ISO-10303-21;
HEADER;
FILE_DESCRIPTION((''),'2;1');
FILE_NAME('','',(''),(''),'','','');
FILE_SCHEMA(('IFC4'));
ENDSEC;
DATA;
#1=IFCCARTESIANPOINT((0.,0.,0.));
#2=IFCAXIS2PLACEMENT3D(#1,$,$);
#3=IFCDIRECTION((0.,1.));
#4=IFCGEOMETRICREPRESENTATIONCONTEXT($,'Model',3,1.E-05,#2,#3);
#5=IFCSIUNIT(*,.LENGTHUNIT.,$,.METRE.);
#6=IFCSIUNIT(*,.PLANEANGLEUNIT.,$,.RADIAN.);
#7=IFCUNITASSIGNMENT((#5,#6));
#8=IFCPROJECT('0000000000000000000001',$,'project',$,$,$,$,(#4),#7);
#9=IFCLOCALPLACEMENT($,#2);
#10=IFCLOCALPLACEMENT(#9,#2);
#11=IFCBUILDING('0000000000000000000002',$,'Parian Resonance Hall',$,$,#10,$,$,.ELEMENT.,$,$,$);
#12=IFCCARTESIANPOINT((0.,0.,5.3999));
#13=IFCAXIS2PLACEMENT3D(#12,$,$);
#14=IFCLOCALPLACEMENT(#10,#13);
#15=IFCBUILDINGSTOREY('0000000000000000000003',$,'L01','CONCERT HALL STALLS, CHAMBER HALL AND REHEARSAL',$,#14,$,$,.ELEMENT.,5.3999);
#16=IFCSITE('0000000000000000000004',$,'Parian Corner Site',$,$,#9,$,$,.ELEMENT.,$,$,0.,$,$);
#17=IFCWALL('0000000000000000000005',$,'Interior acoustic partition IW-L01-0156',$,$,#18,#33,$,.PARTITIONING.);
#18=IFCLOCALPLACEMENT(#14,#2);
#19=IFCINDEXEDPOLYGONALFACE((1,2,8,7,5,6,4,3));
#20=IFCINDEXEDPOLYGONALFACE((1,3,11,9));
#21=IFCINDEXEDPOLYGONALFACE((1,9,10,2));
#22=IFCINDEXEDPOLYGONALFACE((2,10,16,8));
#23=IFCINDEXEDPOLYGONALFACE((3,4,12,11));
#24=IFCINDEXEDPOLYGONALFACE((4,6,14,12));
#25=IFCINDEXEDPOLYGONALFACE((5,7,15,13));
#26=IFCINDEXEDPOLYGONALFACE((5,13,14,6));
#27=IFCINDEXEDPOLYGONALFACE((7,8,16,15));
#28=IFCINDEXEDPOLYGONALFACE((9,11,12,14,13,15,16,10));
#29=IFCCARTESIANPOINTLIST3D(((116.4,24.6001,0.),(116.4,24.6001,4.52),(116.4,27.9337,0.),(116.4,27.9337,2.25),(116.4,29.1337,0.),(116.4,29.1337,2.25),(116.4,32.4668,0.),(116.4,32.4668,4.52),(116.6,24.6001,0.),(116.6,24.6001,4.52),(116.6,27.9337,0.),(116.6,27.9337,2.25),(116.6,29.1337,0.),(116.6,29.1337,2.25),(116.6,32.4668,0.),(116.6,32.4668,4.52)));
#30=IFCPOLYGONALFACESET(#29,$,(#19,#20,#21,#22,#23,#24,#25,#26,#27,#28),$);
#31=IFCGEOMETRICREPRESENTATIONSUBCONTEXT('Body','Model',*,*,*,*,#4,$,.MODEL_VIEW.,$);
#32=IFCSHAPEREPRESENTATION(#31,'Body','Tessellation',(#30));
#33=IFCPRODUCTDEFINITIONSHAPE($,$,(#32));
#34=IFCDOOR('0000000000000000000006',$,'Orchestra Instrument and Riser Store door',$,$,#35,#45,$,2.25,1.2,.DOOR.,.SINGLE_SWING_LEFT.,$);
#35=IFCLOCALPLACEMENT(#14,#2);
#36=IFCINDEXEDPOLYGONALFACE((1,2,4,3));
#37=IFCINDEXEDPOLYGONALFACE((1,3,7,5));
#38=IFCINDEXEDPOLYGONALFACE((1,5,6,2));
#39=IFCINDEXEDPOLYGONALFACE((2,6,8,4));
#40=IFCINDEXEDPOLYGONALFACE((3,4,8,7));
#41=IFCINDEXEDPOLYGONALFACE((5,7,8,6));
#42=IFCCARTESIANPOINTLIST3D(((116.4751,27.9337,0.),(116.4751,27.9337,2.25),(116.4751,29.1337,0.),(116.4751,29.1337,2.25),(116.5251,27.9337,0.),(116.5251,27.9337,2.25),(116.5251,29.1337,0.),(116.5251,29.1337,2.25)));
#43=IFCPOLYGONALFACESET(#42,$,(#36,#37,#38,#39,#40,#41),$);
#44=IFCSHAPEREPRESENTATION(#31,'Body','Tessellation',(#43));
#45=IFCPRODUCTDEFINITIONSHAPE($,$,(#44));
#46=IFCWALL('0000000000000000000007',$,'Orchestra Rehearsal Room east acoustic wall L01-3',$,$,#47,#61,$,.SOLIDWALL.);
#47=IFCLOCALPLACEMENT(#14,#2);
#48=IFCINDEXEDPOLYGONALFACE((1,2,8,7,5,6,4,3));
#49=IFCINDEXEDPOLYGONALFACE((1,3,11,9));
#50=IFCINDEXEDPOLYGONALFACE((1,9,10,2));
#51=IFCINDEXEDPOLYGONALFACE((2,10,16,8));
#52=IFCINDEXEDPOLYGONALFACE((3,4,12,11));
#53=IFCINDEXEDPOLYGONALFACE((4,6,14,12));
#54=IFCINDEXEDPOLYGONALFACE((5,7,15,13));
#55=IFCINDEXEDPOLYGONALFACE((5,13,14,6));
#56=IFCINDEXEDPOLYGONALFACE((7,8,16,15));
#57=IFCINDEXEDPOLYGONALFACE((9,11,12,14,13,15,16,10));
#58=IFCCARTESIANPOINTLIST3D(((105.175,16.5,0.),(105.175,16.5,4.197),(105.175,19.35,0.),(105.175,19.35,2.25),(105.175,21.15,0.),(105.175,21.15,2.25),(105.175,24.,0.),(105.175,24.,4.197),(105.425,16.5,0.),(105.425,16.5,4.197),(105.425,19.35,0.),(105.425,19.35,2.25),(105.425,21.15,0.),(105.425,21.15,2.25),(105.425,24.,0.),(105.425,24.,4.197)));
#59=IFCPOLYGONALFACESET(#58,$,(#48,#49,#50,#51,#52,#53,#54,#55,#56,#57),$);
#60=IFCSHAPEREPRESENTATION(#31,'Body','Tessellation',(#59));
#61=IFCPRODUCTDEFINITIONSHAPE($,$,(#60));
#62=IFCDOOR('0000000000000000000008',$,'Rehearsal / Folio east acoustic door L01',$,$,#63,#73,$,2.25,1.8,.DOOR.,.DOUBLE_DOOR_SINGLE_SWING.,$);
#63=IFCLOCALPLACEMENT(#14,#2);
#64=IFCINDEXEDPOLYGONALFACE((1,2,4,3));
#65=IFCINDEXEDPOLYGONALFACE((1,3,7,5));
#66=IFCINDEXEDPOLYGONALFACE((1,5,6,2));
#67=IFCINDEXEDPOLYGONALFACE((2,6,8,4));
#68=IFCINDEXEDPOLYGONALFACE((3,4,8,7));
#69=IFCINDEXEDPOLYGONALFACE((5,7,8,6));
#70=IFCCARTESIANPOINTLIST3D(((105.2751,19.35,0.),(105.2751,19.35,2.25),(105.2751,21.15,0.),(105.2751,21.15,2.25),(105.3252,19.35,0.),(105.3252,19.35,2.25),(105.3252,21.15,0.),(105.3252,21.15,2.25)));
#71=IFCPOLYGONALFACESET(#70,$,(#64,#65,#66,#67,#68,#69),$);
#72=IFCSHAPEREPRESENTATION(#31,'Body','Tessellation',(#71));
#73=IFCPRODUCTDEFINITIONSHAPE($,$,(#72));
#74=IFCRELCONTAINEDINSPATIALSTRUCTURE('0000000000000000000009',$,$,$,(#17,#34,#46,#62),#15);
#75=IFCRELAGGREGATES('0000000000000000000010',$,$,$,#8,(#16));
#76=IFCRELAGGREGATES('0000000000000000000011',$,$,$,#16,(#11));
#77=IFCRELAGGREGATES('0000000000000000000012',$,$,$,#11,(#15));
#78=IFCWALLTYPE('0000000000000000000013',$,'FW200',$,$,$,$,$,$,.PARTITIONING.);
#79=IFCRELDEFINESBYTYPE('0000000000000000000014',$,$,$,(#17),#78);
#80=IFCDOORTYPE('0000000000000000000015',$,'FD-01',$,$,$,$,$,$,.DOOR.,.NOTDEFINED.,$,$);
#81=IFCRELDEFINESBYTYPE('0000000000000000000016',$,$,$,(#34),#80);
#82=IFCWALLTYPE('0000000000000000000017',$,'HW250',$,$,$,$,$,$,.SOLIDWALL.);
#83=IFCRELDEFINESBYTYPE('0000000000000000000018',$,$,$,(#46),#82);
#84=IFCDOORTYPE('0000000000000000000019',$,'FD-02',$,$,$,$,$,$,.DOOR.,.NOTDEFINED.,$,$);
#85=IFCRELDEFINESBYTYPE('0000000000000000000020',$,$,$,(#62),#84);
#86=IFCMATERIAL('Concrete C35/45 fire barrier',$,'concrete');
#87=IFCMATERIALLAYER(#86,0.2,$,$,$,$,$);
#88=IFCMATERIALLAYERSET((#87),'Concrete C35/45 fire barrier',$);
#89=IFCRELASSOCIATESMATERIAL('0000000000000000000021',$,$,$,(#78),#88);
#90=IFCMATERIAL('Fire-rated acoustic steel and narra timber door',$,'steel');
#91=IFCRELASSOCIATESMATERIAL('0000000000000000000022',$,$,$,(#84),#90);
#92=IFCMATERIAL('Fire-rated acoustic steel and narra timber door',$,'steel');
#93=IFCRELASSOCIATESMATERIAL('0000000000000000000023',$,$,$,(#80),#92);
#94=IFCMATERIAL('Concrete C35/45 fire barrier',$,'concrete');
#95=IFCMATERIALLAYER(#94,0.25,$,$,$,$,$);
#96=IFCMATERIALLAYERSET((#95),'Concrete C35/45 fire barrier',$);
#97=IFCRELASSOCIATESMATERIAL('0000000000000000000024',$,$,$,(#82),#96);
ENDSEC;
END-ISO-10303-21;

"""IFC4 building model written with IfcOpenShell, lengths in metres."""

from ifc_helpers import new_model, si_unit, direction, frame, frame_2d, origin, place, context, subcontext, project, spatial, rectangle, extrude, material, layer, layer_set, type_object, element, fill, save


model = new_model("IFC4")

# Units and contexts
model_context = context("Model", 3, precision=1e-05, world=origin(), true_north=direction((0.0, 1.0)))
body_context = subcontext(model_context, "Body", "Model", "MODEL_VIEW")
ifc_project = project(units=[si_unit("LENGTHUNIT", "METRE"), si_unit("PLANEANGLEUNIT", "RADIAN")], contexts=[model_context])

# Site, building, storey
site_placement = place(None, origin())
site = spatial("IfcSite", under=ifc_project, at=site_placement, Name="Parian Corner Site", CompositionType="ELEMENT", RefElevation=0.0)
building_placement = place(site_placement, origin())
building = spatial("IfcBuilding", under=site, at=building_placement, Name="Parian Resonance Hall", CompositionType="ELEMENT")
storey_placement = place(building_placement, frame((0.0, 0.0, 5.3999)))
storey = spatial("IfcBuildingStorey", under=building, at=storey_placement, Name="L01", Description="CONCERT HALL STALLS, CHAMBER HALL AND REHEARSAL", CompositionType="ELEMENT", Elevation=5.3999)

# Walls, openings, doors
ifc_material_1 = material(Name="Concrete C35/45 fire barrier", Category="concrete")
ifc_layer_1 = layer(ifc_material_1, 0.2)
ifc_layer_set_1 = layer_set([ifc_layer_1], Name="Concrete C35/45 fire barrier")
wall_type_1 = type_object("IfcWallType", Name="FW200", PredefinedType="PARTITIONING", material=ifc_layer_set_1)
ifc_material_2 = material(Name="Fire-rated acoustic steel and narra timber door", Category="steel")
door_type_1 = type_object("IfcDoorType", Name="FD-02", OperationType="NOTDEFINED", PredefinedType="DOOR", material=ifc_material_2)
wall_1_placement = place(storey_placement, frame((116.5, 24.6001, 0.0), z_axis=(0.0, 0.0, 1.0), x_axis=(0.0, 1.0, 0.0)))
wall_1 = element("IfcWall", 1, at=wall_1_placement, inside=storey, type_object=wall_type_1, Name="Interior acoustic partition IW-L01-0156", PredefinedType="PARTITIONING", context=body_context, shape_type="SweptSolid", body=[
    extrude(rectangle(XDim=7.8667, YDim=0.2, at=frame_2d((3.9333, 0.0))), origin(), (0.0, 0.0, 1.0), 4.52),
])
opening_1_placement = place(wall_1_placement, frame((3.3335, 0.0, 0.0)))
opening_1 = element("IfcOpeningElement", 2, at=opening_1_placement, cuts=wall_1, PredefinedType="OPENING", context=body_context, shape_type="SweptSolid", body=[
    extrude(rectangle(XDim=1.2, YDim=2.25, at=frame_2d((0.6001, 1.125))), frame((0.0, 0.1099, 0.0), z_axis=(0.0, -1.0, 0.0), x_axis=(1.0, 0.0, 0.0)), (0.0, 0.0, 1.0), 0.22),
])
ifc_material_3 = material(Name="Fire-rated acoustic steel and narra timber door", Category="steel")
door_type_2 = type_object("IfcDoorType", Name="FD-01", OperationType="NOTDEFINED", PredefinedType="DOOR", material=ifc_material_3)
door_1_placement = place(opening_1_placement, origin())
door_1 = element("IfcDoor", 3, at=door_1_placement, inside=storey, type_object=door_type_2, Name="Orchestra Instrument and Riser Store door", OperationType="SINGLE_SWING_LEFT", OverallHeight=2.25, OverallWidth=1.2, PredefinedType="DOOR", context=body_context, shape_type="SweptSolid", body=[
    extrude(rectangle(XDim=1.2, YDim=2.25, at=frame_2d((0.6001, 1.125))), frame((0.0, 0.0249, 0.0), z_axis=(0.0, -1.0, 0.0), x_axis=(1.0, 0.0, 0.0)), (0.0, 0.0, 1.0), 0.05),
])
fill(opening_1, door_1)
ifc_material_4 = material(Name="Concrete C35/45 fire barrier", Category="concrete")
ifc_layer_2 = layer(ifc_material_4, 0.25)
ifc_layer_set_2 = layer_set([ifc_layer_2], Name="Concrete C35/45 fire barrier")
wall_type_2 = type_object("IfcWallType", Name="HW250", PredefinedType="SOLIDWALL", material=ifc_layer_set_2)
wall_2_placement = place(storey_placement, frame((105.3, 16.5, 0.0), z_axis=(0.0, 0.0, 1.0), x_axis=(0.0, 1.0, 0.0)))
wall_2 = element("IfcWall", 4, at=wall_2_placement, inside=storey, type_object=wall_type_2, Name="Orchestra Rehearsal Room east acoustic wall L01-3", PredefinedType="SOLIDWALL", context=body_context, shape_type="SweptSolid", body=[
    extrude(rectangle(XDim=7.5, YDim=0.25, at=frame_2d((3.75, 0.0))), origin(), (0.0, 0.0, 1.0), 4.197),
])
opening_2_placement = place(wall_2_placement, frame((2.8501, 0.0, 0.0)))
opening_2 = element("IfcOpeningElement", 5, at=opening_2_placement, cuts=wall_2, PredefinedType="OPENING", context=body_context, shape_type="SweptSolid", body=[
    extrude(rectangle(XDim=1.8, YDim=2.25, at=frame_2d((0.8999, 1.125))), frame((0.0, 0.135, 0.0), z_axis=(0.0, -1.0, 0.0), x_axis=(1.0, 0.0, 0.0)), (0.0, 0.0, 1.0), 0.27),
])
door_2_placement = place(opening_2_placement, origin())
door_2 = element("IfcDoor", 6, at=door_2_placement, inside=storey, type_object=door_type_1, Name="Rehearsal / Folio east acoustic door L01", OperationType="DOUBLE_DOOR_SINGLE_SWING", OverallHeight=2.25, OverallWidth=1.8, PredefinedType="DOOR", context=body_context, shape_type="SweptSolid", body=[
    extrude(rectangle(XDim=1.8, YDim=2.25, at=frame_2d((0.8999, 1.125))), frame((0.0, 0.0249, 0.0), z_axis=(0.0, -1.0, 0.0), x_axis=(1.0, 0.0, 0.0)), (0.0, 0.0, 1.0), 0.05),
])
fill(opening_2, door_2)

save(model, "model.ifc")
